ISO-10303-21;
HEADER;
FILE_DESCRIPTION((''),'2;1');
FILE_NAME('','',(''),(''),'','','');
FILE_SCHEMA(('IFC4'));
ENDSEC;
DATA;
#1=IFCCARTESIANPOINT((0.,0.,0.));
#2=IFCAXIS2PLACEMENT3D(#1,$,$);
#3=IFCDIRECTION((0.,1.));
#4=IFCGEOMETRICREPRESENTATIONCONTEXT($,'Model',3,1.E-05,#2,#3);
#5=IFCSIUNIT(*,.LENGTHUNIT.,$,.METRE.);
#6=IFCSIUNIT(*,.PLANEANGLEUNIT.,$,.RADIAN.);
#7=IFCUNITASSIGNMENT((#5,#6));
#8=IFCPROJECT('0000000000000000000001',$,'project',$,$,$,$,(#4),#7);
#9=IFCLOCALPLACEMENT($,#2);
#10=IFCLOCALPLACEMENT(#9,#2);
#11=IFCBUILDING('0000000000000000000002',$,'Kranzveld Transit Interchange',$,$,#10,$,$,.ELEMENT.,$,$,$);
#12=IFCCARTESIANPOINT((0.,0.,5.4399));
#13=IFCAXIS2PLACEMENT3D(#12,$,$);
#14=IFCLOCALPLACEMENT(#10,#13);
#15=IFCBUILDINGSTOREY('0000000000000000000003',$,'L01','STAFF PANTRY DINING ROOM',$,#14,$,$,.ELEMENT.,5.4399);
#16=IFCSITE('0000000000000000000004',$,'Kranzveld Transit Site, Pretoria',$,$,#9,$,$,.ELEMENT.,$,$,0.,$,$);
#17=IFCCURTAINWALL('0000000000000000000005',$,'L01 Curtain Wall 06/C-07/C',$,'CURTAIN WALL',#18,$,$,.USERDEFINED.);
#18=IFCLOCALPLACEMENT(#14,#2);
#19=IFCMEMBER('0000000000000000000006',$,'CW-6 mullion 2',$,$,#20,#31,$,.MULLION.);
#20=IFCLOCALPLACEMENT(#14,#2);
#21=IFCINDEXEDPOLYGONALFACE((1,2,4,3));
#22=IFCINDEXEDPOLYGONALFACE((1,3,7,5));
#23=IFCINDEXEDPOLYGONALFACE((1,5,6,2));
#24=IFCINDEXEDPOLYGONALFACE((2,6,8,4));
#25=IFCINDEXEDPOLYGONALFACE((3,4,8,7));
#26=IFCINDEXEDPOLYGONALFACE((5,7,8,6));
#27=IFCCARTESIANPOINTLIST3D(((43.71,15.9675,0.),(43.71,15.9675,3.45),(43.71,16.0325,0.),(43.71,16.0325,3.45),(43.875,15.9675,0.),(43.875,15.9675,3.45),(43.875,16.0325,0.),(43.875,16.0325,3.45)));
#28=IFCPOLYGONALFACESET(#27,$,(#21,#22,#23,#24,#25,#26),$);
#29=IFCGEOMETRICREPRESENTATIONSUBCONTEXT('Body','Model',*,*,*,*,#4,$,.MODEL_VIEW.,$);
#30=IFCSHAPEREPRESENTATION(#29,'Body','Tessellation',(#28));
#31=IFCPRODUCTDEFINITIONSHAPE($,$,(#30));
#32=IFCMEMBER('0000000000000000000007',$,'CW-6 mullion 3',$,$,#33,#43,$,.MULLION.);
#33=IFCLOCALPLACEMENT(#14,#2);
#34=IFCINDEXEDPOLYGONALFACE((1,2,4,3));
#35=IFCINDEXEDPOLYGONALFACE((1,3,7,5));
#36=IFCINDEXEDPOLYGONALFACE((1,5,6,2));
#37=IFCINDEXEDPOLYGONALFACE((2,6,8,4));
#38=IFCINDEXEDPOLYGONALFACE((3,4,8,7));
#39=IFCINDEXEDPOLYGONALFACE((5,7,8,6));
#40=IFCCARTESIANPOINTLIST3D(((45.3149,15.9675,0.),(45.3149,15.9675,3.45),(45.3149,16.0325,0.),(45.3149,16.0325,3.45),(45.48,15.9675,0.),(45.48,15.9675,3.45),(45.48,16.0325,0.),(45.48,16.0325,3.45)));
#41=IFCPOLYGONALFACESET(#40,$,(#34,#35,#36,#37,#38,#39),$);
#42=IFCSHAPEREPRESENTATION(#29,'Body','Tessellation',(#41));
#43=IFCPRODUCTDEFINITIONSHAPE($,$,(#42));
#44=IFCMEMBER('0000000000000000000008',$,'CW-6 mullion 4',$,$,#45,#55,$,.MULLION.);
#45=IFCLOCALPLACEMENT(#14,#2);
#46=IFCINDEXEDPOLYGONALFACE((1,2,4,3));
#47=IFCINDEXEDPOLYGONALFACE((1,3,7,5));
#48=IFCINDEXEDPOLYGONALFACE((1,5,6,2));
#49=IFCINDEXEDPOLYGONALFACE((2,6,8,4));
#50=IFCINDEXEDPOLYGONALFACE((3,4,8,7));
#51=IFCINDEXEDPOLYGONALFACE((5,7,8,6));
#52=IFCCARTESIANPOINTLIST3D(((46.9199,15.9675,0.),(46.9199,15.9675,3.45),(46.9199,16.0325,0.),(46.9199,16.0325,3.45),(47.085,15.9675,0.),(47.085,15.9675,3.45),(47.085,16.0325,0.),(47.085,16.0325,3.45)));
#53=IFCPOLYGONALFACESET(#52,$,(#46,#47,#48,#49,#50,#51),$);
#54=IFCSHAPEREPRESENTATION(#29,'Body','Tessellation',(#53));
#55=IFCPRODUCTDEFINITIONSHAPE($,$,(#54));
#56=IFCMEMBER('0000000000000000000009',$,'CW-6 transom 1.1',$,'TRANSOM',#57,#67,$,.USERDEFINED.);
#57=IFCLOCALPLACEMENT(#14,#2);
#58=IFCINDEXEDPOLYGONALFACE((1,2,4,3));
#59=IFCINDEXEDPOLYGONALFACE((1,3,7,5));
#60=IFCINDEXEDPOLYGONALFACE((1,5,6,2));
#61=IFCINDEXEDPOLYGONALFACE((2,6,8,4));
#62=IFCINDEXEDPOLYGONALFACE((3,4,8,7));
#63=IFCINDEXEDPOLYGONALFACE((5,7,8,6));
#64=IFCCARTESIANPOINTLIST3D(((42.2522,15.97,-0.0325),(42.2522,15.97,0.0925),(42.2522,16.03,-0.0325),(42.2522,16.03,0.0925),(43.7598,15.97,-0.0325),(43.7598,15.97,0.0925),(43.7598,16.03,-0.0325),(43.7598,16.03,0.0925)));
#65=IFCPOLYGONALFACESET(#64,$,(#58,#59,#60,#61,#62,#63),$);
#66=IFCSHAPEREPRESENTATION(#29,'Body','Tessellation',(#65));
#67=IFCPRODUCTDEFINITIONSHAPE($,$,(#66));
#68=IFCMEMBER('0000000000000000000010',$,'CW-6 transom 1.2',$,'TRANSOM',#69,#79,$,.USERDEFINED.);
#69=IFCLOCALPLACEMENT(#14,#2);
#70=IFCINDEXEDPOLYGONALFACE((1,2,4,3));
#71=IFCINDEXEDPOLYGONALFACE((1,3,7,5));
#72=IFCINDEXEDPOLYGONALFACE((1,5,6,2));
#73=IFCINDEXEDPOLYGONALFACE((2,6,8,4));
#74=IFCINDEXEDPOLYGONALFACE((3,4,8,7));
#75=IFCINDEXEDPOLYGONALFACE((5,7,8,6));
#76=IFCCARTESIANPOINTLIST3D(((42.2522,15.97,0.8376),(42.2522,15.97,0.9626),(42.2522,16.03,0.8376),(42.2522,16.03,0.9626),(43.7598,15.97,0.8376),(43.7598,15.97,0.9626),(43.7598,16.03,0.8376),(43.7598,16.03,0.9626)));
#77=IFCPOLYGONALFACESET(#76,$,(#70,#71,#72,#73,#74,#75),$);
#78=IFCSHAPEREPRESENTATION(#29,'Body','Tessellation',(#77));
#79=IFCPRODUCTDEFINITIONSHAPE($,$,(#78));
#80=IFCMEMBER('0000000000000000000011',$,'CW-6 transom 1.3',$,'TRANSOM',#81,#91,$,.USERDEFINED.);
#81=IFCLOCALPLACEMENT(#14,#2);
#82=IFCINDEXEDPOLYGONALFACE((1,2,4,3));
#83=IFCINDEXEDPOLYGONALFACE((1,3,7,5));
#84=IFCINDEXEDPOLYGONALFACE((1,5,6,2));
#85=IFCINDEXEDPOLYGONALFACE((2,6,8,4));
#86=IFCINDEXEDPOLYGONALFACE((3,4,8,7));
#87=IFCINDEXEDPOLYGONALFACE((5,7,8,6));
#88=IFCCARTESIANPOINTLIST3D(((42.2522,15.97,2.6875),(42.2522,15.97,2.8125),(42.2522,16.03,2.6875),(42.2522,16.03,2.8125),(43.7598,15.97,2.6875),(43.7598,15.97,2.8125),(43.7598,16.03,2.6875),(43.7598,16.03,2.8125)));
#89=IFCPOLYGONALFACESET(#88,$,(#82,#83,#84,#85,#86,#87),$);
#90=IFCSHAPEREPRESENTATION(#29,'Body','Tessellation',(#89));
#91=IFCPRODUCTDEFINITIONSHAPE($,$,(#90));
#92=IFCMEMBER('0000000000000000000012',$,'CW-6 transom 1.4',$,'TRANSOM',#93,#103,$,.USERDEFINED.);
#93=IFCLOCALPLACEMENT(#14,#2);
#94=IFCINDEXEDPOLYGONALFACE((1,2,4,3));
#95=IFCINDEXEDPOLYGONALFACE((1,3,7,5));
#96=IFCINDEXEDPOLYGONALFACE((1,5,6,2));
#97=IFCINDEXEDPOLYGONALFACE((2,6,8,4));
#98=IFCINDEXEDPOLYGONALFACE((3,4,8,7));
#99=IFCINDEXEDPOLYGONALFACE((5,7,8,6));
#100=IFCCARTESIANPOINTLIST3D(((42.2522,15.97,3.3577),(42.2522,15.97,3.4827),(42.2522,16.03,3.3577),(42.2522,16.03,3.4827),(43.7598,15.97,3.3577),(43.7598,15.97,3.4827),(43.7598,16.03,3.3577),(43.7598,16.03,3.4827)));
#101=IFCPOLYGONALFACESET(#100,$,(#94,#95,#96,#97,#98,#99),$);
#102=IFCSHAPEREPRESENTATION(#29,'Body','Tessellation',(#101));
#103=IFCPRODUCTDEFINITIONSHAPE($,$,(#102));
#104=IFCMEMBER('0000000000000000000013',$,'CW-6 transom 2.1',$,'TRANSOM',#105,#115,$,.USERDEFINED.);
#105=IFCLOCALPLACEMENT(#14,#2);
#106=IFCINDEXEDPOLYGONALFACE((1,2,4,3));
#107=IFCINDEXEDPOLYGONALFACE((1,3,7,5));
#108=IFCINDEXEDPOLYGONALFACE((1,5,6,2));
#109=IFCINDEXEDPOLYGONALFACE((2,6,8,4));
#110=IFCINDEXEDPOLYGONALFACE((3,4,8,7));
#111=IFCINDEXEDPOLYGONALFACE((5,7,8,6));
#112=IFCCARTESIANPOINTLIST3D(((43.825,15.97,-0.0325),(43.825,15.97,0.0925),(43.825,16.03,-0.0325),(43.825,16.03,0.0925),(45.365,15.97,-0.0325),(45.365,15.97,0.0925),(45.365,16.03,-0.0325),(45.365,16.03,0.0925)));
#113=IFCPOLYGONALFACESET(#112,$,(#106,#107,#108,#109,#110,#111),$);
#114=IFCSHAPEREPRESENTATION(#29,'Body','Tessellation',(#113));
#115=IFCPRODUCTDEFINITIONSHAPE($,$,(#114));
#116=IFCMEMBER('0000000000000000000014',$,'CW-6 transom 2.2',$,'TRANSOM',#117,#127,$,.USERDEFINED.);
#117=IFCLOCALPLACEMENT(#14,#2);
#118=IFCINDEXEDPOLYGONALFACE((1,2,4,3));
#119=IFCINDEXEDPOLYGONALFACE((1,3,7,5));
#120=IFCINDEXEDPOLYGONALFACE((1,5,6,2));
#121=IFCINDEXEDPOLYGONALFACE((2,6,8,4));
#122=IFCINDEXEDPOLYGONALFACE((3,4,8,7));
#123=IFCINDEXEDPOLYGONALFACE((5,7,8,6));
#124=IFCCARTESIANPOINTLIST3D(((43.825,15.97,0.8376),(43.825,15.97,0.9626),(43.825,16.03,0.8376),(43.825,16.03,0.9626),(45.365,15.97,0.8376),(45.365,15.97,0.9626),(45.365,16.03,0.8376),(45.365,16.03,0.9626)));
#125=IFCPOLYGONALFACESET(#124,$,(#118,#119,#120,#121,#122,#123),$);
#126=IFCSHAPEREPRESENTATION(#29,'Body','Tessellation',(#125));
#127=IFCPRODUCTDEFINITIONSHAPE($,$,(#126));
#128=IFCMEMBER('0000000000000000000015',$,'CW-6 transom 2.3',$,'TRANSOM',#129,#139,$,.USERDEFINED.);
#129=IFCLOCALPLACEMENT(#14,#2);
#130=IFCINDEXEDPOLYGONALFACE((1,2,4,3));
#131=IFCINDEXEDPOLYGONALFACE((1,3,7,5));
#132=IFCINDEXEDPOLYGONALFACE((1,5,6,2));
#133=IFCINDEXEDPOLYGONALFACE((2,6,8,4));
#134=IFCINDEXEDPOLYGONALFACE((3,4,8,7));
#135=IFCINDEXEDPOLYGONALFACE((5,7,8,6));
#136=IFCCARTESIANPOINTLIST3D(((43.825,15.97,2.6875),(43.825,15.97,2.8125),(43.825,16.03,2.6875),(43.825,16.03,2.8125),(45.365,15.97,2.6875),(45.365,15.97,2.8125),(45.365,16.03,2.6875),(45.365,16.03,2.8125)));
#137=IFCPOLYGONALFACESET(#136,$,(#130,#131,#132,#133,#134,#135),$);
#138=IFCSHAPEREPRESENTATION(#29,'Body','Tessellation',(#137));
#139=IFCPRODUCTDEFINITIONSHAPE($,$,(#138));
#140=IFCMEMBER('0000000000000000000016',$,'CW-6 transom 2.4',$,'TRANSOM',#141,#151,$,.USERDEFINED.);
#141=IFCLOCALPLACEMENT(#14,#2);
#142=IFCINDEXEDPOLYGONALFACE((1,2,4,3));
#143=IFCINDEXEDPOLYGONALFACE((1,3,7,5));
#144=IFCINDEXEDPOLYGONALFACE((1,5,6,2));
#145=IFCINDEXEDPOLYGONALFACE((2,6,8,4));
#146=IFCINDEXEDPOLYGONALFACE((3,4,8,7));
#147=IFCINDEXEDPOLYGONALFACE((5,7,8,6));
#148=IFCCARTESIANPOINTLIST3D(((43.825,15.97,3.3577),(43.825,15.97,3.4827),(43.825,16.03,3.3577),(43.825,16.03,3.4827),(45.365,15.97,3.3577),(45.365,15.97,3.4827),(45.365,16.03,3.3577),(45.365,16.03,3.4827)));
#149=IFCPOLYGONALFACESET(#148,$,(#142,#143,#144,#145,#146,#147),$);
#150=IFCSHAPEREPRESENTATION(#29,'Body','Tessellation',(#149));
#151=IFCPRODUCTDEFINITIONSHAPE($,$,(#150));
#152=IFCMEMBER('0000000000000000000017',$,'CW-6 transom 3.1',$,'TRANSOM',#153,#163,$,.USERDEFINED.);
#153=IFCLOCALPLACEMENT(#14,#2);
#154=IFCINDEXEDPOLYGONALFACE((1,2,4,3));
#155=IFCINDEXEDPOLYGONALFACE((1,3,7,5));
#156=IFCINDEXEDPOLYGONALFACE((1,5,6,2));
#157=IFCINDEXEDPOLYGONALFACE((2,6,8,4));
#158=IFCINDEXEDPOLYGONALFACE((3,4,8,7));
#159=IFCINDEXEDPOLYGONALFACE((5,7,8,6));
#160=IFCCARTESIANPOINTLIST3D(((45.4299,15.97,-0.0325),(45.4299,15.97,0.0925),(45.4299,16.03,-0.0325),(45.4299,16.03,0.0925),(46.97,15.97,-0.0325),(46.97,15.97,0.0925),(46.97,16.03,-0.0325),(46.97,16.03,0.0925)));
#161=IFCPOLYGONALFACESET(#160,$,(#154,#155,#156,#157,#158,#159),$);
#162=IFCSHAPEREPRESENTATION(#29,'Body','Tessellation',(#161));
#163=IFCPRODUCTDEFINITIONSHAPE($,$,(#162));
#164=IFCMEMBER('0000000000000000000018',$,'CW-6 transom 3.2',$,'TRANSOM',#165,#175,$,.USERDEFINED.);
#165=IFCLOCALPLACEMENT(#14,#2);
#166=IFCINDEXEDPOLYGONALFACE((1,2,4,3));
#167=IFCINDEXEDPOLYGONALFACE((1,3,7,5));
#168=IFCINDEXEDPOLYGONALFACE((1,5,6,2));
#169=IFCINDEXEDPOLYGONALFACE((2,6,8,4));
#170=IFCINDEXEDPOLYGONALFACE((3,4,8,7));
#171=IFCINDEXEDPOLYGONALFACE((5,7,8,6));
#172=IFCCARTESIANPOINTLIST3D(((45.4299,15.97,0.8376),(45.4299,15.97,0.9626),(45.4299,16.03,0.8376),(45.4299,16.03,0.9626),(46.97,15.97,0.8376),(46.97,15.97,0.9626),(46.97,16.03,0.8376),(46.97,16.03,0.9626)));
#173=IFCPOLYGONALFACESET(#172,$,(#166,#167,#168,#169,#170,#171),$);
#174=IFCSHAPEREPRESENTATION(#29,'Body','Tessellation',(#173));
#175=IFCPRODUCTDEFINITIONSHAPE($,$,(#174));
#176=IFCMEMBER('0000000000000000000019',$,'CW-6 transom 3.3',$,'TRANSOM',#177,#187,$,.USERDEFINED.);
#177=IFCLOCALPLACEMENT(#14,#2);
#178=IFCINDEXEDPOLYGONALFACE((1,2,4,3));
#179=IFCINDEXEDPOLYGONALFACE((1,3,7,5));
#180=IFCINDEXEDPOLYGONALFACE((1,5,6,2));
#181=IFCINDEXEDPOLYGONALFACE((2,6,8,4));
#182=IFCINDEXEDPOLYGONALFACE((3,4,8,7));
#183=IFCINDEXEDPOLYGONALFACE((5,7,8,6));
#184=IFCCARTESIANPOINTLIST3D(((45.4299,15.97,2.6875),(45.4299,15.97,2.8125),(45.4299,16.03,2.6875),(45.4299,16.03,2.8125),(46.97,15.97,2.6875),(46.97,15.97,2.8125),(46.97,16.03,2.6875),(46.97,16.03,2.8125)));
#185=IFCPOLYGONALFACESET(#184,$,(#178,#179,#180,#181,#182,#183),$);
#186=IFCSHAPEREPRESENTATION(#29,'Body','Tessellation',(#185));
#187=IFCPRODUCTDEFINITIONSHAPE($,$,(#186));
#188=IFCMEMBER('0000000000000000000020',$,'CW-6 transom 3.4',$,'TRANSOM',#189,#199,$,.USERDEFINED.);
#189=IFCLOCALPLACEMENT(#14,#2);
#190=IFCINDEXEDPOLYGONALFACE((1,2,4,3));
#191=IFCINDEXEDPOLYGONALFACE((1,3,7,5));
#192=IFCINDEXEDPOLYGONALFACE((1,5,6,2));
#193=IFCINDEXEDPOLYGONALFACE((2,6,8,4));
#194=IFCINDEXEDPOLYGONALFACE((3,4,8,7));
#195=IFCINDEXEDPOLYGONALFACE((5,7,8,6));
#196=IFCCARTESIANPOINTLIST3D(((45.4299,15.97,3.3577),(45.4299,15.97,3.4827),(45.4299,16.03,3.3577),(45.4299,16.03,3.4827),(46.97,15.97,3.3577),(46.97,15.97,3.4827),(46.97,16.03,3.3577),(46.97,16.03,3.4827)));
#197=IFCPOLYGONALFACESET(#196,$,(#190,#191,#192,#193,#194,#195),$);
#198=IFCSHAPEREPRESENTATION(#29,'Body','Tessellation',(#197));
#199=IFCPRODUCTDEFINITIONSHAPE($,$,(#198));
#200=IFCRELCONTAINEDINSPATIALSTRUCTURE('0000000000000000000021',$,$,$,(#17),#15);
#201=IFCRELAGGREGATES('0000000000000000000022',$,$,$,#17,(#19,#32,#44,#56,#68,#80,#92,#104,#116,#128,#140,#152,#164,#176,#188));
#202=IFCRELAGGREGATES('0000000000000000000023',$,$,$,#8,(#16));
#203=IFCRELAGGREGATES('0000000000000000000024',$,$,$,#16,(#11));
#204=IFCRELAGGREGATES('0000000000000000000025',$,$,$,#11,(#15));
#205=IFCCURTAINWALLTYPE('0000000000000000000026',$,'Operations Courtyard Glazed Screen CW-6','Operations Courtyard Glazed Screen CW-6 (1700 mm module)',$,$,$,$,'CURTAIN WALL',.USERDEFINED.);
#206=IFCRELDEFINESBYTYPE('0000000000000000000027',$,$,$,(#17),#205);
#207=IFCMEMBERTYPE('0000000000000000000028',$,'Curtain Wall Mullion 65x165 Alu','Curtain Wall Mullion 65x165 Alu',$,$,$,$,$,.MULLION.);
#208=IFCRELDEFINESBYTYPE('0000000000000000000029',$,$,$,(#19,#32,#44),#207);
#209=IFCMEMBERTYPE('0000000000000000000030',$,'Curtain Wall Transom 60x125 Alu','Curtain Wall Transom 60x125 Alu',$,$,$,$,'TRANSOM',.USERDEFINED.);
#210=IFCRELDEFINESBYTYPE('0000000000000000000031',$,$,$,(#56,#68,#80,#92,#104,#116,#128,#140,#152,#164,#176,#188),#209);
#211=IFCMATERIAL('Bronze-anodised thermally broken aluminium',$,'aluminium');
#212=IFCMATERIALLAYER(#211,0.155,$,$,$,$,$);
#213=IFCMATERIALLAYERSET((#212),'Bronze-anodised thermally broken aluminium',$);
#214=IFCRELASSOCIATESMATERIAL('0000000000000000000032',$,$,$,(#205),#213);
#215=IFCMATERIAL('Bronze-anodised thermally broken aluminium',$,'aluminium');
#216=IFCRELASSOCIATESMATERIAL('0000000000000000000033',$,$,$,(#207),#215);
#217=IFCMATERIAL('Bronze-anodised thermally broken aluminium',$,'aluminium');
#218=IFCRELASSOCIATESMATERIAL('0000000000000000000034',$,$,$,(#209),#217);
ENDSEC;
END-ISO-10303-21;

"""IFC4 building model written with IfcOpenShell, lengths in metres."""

from ifc_helpers import new_model, si_unit, direction, frame, origin, origin_2d, place, context, subcontext, project, spatial, rectangle, extrude, material, layer, layer_set, material_profile, profile_set, type_object, element, aggregate, save


model = new_model("IFC4")

# Units and contexts
model_context = context("Model", 3, precision=1e-05, world=origin(), true_north=direction((0.0, 1.0)))
body_context = subcontext(model_context, "Body", "Model", "MODEL_VIEW")
ifc_project = project(units=[si_unit("LENGTHUNIT", "METRE"), si_unit("PLANEANGLEUNIT", "RADIAN")], contexts=[model_context])

# Site, building, storey
site_placement = place(None, origin())
site = spatial("IfcSite", under=ifc_project, at=site_placement, Name="Kranzveld Transit Site, Pretoria", CompositionType="ELEMENT", RefElevation=0.0)
building_placement = place(site_placement, origin())
building = spatial("IfcBuilding", under=site, at=building_placement, Name="Kranzveld Transit Interchange", CompositionType="ELEMENT")
storey_placement = place(building_placement, frame((0.0, 0.0, 5.4399)))
storey = spatial("IfcBuildingStorey", under=building, at=storey_placement, Name="L01", Description="STAFF PANTRY DINING ROOM", CompositionType="ELEMENT", Elevation=5.4399)

# Curtain wall, members
ifc_material_1 = material(Name="Bronze-anodised thermally broken aluminium", Category="aluminium")
ifc_layer_1 = layer(ifc_material_1, 0.155)
ifc_layer_set_1 = layer_set([ifc_layer_1], Name="Bronze-anodised thermally broken aluminium")
curtain_wall_type = type_object("IfcCurtainWallType", Name="Operations Courtyard Glazed Screen CW-6", Description="Operations Courtyard Glazed Screen CW-6 (1700 mm module)", ElementType="CURTAIN WALL", PredefinedType="USERDEFINED", material=ifc_layer_set_1)
curtain_wall_placement = place(storey_placement, origin())
curtain_wall = element("IfcCurtainWall", 1, at=curtain_wall_placement, inside=storey, type_object=curtain_wall_type, Name="L01 Curtain Wall 06/C-07/C", ObjectType="CURTAIN WALL", PredefinedType="USERDEFINED")
ifc_material_2 = material(Name="Bronze-anodised thermally broken aluminium", Category="aluminium")
ifc_material_profile_1 = material_profile(ifc_material_2, rectangle(XDim=0.0649, YDim=0.165, at=origin_2d()), Name="ALU MULLION 65x165")
ifc_profile_set_1 = profile_set([ifc_material_profile_1], Name="Bronze-anodised thermally broken aluminium")
member_type_1 = type_object("IfcMemberType", Name="Curtain Wall Mullion 65x165 Alu", Description="Curtain Wall Mullion 65x165 Alu", PredefinedType="MULLION", material=ifc_profile_set_1)
member_1_placement = place(storey_placement, frame((43.7925, 16.0, 0.0), z_axis=(0.0, 0.0, 1.0), x_axis=(0.0, 1.0, 0.0)))
member_1 = element("IfcMember", 2, at=member_1_placement, type_object=member_type_1, Name="CW-6 mullion 2", PredefinedType="MULLION", context=body_context, shape_type="SweptSolid", body=[
    extrude(rectangle(XDim=0.0649, YDim=0.165, at=origin_2d()), origin(), (0.0, 0.0, 1.0), 3.45),
])
member_2_placement = place(storey_placement, frame((45.3975, 16.0, 0.0), z_axis=(0.0, 0.0, 1.0), x_axis=(0.0, 1.0, 0.0)))
member_2 = element("IfcMember", 3, at=member_2_placement, type_object=member_type_1, Name="CW-6 mullion 3", PredefinedType="MULLION", context=body_context, shape_type="SweptSolid", body=[
    extrude(rectangle(XDim=0.0649, YDim=0.165, at=origin_2d()), origin(), (0.0, 0.0, 1.0), 3.45),
])
member_3_placement = place(storey_placement, frame((47.0024, 16.0, 0.0), z_axis=(0.0, 0.0, 1.0), x_axis=(0.0, 1.0, 0.0)))
member_3 = element("IfcMember", 4, at=member_3_placement, type_object=member_type_1, Name="CW-6 mullion 4", PredefinedType="MULLION", context=body_context, shape_type="SweptSolid", body=[
    extrude(rectangle(XDim=0.0649, YDim=0.165, at=origin_2d()), origin(), (0.0, 0.0, 1.0), 3.45),
])
ifc_material_3 = material(Name="Bronze-anodised thermally broken aluminium", Category="aluminium")
ifc_material_profile_2 = material_profile(ifc_material_3, rectangle(XDim=0.0601, YDim=0.125, at=origin_2d()), Name="ALU TRANSOM 60x125")
ifc_profile_set_2 = profile_set([ifc_material_profile_2], Name="Bronze-anodised thermally broken aluminium")
member_type_2 = type_object("IfcMemberType", Name="Curtain Wall Transom 60x125 Alu", Description="Curtain Wall Transom 60x125 Alu", ElementType="TRANSOM", PredefinedType="USERDEFINED", material=ifc_profile_set_2)
member_4_placement = place(storey_placement, frame((42.2522, 16.0, 0.03), z_axis=(1.0, 0.0, 0.0), x_axis=(0.0, 1.0, 0.0)))
member_4 = element("IfcMember", 5, at=member_4_placement, type_object=member_type_2, Name="CW-6 transom 1.1", ObjectType="TRANSOM", PredefinedType="USERDEFINED", context=body_context, shape_type="SweptSolid", body=[
    extrude(rectangle(XDim=0.0601, YDim=0.125, at=origin_2d()), origin(), (0.0, 0.0, 1.0), 1.5076),
])
member_5_placement = place(storey_placement, frame((42.2522, 16.0, 0.9001), z_axis=(1.0, 0.0, 0.0), x_axis=(0.0, 1.0, 0.0)))
member_5 = element("IfcMember", 6, at=member_5_placement, type_object=member_type_2, Name="CW-6 transom 1.2", ObjectType="TRANSOM", PredefinedType="USERDEFINED", context=body_context, shape_type="SweptSolid", body=[
    extrude(rectangle(XDim=0.0601, YDim=0.125, at=origin_2d()), origin(), (0.0, 0.0, 1.0), 1.5076),
])
member_6_placement = place(storey_placement, frame((42.2522, 16.0, 2.75), z_axis=(1.0, 0.0, 0.0), x_axis=(0.0, 1.0, 0.0)))
member_6 = element("IfcMember", 7, at=member_6_placement, type_object=member_type_2, Name="CW-6 transom 1.3", ObjectType="TRANSOM", PredefinedType="USERDEFINED", context=body_context, shape_type="SweptSolid", body=[
    extrude(rectangle(XDim=0.0601, YDim=0.125, at=origin_2d()), origin(), (0.0, 0.0, 1.0), 1.5076),
])
member_7_placement = place(storey_placement, frame((42.2522, 16.0, 3.4202), z_axis=(1.0, 0.0, 0.0), x_axis=(0.0, 1.0, 0.0)))
member_7 = element("IfcMember", 8, at=member_7_placement, type_object=member_type_2, Name="CW-6 transom 1.4", ObjectType="TRANSOM", PredefinedType="USERDEFINED", context=body_context, shape_type="SweptSolid", body=[
    extrude(rectangle(XDim=0.0601, YDim=0.125, at=origin_2d()), origin(), (0.0, 0.0, 1.0), 1.5076),
])
member_8_placement = place(storey_placement, frame((43.825, 16.0, 0.03), z_axis=(1.0, 0.0, 0.0), x_axis=(0.0, 1.0, 0.0)))
member_8 = element("IfcMember", 9, at=member_8_placement, type_object=member_type_2, Name="CW-6 transom 2.1", ObjectType="TRANSOM", PredefinedType="USERDEFINED", context=body_context, shape_type="SweptSolid", body=[
    extrude(rectangle(XDim=0.0601, YDim=0.125, at=origin_2d()), origin(), (0.0, 0.0, 1.0), 1.54),
])
member_9_placement = place(storey_placement, frame((43.825, 16.0, 0.9001), z_axis=(1.0, 0.0, 0.0), x_axis=(0.0, 1.0, 0.0)))
member_9 = element("IfcMember", 10, at=member_9_placement, type_object=member_type_2, Name="CW-6 transom 2.2", ObjectType="TRANSOM", PredefinedType="USERDEFINED", context=body_context, shape_type="SweptSolid", body=[
    extrude(rectangle(XDim=0.0601, YDim=0.125, at=origin_2d()), origin(), (0.0, 0.0, 1.0), 1.54),
])
member_10_placement = place(storey_placement, frame((43.825, 16.0, 2.75), z_axis=(1.0, 0.0, 0.0), x_axis=(0.0, 1.0, 0.0)))
member_10 = element("IfcMember", 11, at=member_10_placement, type_object=member_type_2, Name="CW-6 transom 2.3", ObjectType="TRANSOM", PredefinedType="USERDEFINED", context=body_context, shape_type="SweptSolid", body=[
    extrude(rectangle(XDim=0.0601, YDim=0.125, at=origin_2d()), origin(), (0.0, 0.0, 1.0), 1.54),
])
member_11_placement = place(storey_placement, frame((43.825, 16.0, 3.4202), z_axis=(1.0, 0.0, 0.0), x_axis=(0.0, 1.0, 0.0)))
member_11 = element("IfcMember", 12, at=member_11_placement, type_object=member_type_2, Name="CW-6 transom 2.4", ObjectType="TRANSOM", PredefinedType="USERDEFINED", context=body_context, shape_type="SweptSolid", body=[
    extrude(rectangle(XDim=0.0601, YDim=0.125, at=origin_2d()), origin(), (0.0, 0.0, 1.0), 1.54),
])
member_12_placement = place(storey_placement, frame((45.4299, 16.0, 0.03), z_axis=(1.0, 0.0, 0.0), x_axis=(0.0, 1.0, 0.0)))
member_12 = element("IfcMember", 13, at=member_12_placement, type_object=member_type_2, Name="CW-6 transom 3.1", ObjectType="TRANSOM", PredefinedType="USERDEFINED", context=body_context, shape_type="SweptSolid", body=[
    extrude(rectangle(XDim=0.0601, YDim=0.125, at=origin_2d()), origin(), (0.0, 0.0, 1.0), 1.54),
])
member_13_placement = place(storey_placement, frame((45.4299, 16.0, 0.9001), z_axis=(1.0, 0.0, 0.0), x_axis=(0.0, 1.0, 0.0)))
member_13 = element("IfcMember", 14, at=member_13_placement, type_object=member_type_2, Name="CW-6 transom 3.2", ObjectType="TRANSOM", PredefinedType="USERDEFINED", context=body_context, shape_type="SweptSolid", body=[
    extrude(rectangle(XDim=0.0601, YDim=0.125, at=origin_2d()), origin(), (0.0, 0.0, 1.0), 1.54),
])
member_14_placement = place(storey_placement, frame((45.4299, 16.0, 2.75), z_axis=(1.0, 0.0, 0.0), x_axis=(0.0, 1.0, 0.0)))
member_14 = element("IfcMember", 15, at=member_14_placement, type_object=member_type_2, Name="CW-6 transom 3.3", ObjectType="TRANSOM", PredefinedType="USERDEFINED", context=body_context, shape_type="SweptSolid", body=[
    extrude(rectangle(XDim=0.0601, YDim=0.125, at=origin_2d()), origin(), (0.0, 0.0, 1.0), 1.54),
])
member_15_placement = place(storey_placement, frame((45.4299, 16.0, 3.4202), z_axis=(1.0, 0.0, 0.0), x_axis=(0.0, 1.0, 0.0)))
member_15 = element("IfcMember", 16, at=member_15_placement, type_object=member_type_2, Name="CW-6 transom 3.4", ObjectType="TRANSOM", PredefinedType="USERDEFINED", context=body_context, shape_type="SweptSolid", body=[
    extrude(rectangle(XDim=0.0601, YDim=0.125, at=origin_2d()), origin(), (0.0, 0.0, 1.0), 1.54),
])
aggregate(curtain_wall, [member_1, member_2, member_3, member_4, member_5, member_6, member_7, member_8, member_9, member_10, member_11, member_12, member_13, member_14, member_15])

save(model, "model.ifc")
